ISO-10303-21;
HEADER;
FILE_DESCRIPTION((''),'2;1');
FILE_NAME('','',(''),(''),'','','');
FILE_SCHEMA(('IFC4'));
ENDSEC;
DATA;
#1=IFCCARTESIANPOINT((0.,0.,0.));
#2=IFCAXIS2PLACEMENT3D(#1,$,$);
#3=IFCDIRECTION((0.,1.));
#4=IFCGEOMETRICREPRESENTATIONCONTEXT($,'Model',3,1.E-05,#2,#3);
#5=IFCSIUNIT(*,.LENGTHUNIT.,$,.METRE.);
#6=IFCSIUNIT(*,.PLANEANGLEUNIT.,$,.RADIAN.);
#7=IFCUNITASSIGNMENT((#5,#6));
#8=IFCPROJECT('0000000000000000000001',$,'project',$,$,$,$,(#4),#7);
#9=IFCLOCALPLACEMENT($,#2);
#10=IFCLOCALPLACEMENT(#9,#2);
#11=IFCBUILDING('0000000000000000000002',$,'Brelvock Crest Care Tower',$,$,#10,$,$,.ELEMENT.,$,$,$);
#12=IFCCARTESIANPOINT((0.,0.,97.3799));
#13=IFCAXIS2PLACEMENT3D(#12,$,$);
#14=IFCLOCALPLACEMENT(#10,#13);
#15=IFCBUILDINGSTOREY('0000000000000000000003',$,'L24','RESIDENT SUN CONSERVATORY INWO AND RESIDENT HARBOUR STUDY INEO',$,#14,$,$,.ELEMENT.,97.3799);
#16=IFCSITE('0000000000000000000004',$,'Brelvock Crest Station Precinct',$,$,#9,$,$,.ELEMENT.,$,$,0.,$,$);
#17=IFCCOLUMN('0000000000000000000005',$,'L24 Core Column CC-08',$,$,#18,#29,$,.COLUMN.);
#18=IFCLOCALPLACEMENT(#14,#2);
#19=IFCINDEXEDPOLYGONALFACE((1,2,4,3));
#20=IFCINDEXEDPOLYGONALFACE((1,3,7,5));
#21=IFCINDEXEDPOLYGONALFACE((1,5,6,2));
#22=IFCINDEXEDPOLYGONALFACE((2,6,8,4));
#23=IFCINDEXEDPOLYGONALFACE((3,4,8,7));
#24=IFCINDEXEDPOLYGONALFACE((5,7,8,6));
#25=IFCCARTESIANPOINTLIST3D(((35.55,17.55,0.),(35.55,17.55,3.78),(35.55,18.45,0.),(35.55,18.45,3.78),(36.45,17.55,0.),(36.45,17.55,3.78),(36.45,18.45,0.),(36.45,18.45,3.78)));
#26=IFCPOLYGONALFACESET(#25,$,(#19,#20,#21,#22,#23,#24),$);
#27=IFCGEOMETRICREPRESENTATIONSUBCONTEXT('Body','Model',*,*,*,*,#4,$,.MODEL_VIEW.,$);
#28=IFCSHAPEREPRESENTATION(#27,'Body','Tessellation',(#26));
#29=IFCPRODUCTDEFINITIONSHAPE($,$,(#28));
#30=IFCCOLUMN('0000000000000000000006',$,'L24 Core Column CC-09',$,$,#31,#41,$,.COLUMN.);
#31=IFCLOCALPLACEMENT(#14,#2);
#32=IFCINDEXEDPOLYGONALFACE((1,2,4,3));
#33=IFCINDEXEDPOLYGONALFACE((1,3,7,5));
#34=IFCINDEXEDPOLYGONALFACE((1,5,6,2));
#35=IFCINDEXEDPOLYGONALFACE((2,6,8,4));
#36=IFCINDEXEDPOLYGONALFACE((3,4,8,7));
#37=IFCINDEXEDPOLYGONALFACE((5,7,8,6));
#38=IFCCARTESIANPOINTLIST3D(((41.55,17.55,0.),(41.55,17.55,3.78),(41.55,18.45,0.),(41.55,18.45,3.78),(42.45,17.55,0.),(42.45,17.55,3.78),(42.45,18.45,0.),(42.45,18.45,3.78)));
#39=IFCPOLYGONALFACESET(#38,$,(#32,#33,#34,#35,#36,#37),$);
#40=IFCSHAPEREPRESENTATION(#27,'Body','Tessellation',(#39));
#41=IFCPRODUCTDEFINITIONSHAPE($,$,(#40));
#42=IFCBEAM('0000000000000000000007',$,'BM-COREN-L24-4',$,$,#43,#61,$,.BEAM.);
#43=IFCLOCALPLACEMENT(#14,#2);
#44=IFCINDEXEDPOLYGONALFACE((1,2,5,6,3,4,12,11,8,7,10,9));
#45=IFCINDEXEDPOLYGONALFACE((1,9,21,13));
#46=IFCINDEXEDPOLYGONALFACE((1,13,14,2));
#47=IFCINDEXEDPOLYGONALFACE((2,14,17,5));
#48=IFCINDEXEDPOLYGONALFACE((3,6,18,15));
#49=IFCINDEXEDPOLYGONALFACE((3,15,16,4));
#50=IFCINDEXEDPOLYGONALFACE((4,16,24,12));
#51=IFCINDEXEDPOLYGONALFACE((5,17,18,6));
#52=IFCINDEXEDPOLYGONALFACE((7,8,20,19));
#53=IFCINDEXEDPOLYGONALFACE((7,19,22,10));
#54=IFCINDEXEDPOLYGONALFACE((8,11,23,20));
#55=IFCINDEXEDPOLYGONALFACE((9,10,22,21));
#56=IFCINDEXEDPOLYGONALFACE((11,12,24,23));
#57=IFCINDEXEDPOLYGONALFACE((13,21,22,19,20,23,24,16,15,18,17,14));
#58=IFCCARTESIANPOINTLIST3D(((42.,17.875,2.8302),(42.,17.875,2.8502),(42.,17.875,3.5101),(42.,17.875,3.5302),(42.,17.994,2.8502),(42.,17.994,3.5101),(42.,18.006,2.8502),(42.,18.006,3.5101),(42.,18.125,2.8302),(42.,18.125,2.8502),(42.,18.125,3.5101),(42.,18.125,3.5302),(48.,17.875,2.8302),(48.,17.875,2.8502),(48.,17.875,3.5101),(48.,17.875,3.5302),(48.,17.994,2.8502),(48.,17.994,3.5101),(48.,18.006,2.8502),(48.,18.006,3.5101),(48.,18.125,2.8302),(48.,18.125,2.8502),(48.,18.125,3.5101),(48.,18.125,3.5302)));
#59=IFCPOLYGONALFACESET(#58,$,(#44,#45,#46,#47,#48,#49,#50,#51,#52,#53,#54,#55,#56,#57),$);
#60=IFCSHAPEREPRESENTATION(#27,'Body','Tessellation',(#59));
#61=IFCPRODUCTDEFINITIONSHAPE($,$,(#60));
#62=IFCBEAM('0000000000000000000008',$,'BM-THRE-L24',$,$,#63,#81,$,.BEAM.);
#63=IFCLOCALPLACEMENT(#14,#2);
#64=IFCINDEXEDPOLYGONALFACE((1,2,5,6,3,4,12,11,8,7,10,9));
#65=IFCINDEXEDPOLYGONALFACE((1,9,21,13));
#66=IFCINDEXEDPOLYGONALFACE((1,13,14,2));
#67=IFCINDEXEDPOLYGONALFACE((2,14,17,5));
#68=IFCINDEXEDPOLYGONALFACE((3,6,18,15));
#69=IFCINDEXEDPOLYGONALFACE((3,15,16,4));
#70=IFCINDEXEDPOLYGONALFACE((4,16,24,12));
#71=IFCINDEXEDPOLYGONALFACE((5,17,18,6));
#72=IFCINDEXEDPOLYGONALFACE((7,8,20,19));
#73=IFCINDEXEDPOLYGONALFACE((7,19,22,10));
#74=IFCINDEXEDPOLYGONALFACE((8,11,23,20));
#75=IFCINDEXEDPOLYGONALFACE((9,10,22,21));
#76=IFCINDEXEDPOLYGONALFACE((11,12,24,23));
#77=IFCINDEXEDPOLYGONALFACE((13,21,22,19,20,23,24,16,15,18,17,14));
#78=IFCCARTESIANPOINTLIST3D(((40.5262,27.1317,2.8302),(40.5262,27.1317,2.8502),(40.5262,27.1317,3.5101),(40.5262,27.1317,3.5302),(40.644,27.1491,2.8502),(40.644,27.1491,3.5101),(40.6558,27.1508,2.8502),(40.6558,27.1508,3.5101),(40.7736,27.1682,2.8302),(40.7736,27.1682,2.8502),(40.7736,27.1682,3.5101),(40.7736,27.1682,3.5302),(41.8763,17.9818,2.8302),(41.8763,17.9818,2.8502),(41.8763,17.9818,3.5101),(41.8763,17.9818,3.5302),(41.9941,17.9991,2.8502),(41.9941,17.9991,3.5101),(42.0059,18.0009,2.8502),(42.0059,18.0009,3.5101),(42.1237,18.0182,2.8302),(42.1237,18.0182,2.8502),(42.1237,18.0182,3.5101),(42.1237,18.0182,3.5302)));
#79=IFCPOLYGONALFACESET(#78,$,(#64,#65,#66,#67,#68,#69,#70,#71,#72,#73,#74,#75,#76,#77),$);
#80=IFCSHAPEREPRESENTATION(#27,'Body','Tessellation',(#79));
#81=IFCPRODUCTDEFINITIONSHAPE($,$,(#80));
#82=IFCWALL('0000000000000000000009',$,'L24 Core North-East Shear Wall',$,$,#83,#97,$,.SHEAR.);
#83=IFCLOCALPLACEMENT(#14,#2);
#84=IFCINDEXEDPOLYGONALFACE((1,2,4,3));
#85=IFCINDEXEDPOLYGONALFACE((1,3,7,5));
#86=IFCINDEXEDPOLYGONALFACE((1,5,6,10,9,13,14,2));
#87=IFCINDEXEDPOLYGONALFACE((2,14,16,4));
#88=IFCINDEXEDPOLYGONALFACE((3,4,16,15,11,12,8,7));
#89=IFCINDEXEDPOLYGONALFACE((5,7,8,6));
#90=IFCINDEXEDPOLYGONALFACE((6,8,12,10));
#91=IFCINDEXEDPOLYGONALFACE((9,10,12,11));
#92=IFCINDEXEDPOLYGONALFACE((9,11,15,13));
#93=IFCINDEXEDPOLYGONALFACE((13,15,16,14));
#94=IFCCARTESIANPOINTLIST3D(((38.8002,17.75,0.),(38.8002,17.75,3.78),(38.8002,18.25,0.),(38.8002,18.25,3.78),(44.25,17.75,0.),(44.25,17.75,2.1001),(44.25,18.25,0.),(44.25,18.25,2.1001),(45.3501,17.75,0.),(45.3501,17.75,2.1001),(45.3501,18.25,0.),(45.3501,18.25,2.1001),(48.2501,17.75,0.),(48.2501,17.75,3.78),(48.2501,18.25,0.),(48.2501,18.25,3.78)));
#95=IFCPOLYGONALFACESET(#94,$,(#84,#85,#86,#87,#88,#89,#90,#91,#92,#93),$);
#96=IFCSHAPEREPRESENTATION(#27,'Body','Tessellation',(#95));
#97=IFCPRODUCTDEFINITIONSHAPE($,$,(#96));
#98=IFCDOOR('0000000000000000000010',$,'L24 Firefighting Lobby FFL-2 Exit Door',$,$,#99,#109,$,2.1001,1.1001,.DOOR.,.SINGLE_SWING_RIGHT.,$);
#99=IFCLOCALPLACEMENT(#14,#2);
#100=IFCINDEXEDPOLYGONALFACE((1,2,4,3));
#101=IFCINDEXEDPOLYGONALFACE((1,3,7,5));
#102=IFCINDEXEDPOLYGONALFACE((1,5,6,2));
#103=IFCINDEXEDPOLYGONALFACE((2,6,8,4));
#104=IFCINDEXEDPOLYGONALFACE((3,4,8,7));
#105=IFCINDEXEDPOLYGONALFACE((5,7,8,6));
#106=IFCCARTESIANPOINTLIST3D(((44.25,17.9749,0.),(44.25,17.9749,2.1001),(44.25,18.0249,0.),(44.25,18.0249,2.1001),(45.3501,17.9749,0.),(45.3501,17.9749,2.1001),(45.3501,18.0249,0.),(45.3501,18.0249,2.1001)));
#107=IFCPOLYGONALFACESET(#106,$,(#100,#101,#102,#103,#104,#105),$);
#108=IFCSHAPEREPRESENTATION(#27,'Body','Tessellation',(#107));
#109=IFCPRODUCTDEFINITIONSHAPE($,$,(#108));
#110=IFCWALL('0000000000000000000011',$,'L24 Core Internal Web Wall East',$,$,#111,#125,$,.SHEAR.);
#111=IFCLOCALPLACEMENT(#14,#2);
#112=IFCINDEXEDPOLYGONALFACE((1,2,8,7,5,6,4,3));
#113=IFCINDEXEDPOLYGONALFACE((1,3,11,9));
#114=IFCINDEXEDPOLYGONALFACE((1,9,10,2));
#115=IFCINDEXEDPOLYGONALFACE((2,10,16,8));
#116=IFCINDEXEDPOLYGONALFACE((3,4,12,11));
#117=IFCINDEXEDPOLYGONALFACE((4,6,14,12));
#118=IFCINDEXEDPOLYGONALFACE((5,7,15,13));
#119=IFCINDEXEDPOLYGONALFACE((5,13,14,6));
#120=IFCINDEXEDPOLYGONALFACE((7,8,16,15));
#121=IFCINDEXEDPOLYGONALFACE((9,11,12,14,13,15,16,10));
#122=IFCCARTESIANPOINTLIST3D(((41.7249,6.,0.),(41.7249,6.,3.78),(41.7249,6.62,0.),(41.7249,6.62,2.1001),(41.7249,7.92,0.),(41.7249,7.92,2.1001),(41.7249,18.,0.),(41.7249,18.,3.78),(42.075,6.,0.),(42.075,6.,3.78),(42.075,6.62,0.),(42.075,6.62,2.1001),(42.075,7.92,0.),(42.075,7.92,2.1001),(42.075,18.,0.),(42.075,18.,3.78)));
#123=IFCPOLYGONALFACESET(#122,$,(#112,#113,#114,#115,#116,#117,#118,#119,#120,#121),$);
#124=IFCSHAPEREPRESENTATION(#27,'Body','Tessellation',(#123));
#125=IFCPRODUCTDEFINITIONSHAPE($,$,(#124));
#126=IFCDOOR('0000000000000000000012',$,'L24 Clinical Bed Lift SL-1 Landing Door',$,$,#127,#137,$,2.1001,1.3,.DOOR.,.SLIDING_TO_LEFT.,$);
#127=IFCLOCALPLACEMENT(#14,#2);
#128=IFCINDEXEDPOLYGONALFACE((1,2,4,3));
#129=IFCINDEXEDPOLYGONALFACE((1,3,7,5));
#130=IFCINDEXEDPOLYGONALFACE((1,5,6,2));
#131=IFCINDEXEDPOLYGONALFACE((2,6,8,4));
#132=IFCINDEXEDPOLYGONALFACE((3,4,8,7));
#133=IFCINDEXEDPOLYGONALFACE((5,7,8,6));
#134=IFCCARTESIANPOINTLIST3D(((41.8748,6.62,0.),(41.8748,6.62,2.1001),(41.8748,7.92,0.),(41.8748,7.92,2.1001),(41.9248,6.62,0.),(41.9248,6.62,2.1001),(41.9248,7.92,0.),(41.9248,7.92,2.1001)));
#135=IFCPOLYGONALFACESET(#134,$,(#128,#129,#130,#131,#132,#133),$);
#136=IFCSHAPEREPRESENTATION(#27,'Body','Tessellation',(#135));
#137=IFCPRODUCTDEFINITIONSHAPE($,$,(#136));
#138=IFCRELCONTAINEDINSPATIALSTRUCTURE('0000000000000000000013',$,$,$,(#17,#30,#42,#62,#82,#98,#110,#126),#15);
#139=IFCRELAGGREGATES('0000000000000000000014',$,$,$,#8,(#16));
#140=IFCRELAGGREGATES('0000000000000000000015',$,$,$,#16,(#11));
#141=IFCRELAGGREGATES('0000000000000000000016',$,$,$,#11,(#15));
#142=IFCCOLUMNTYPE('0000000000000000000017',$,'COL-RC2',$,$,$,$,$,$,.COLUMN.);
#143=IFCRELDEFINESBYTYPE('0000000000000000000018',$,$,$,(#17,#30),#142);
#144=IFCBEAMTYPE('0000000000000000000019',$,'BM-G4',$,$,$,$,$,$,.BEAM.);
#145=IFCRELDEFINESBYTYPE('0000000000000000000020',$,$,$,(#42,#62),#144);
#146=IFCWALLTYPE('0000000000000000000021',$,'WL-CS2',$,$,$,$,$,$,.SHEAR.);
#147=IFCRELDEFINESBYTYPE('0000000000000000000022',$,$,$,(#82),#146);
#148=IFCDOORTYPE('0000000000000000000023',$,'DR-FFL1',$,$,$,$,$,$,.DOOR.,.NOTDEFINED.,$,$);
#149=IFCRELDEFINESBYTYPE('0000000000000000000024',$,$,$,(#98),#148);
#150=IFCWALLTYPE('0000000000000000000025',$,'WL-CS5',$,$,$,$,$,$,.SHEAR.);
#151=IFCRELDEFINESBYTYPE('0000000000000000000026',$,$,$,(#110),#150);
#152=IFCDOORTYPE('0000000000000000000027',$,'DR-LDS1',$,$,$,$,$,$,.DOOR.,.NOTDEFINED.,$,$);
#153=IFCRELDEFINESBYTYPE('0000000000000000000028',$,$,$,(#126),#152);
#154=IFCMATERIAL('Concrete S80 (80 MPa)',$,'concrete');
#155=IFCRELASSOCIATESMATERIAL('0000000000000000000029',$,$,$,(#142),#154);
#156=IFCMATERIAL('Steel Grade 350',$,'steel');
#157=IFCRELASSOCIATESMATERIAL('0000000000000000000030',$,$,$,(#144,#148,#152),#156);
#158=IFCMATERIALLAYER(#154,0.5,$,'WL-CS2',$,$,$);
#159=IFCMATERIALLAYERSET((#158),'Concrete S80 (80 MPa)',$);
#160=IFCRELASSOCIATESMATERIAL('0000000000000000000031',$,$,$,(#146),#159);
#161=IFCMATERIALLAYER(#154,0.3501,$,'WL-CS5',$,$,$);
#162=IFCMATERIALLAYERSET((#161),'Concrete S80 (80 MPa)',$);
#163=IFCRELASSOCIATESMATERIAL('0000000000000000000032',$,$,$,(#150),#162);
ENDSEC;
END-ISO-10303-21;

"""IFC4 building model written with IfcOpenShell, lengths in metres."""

from ifc_helpers import new_model, si_unit, direction, frame, frame_2d, origin, origin_2d, place, context, subcontext, project, spatial, rectangle, i_section, extrude, source, transform, mapped, material, layer, layer_set, material_profile, profile_set, type_object, element, fill, save


model = new_model("IFC4")

# Units and contexts
model_context = context("Model", 3, precision=1e-05, world=origin(), true_north=direction((0.0, 1.0)))
body_context = subcontext(model_context, "Body", "Model", "MODEL_VIEW")
ifc_project = project(units=[si_unit("LENGTHUNIT", "METRE"), si_unit("PLANEANGLEUNIT", "RADIAN")], contexts=[model_context])

# Site, building, storey
site_placement = place(None, origin())
site = spatial("IfcSite", under=ifc_project, at=site_placement, Name="Brelvock Crest Station Precinct", CompositionType="ELEMENT", RefElevation=0.0)
building_placement = place(site_placement, origin())
building = spatial("IfcBuilding", under=site, at=building_placement, Name="Brelvock Crest Care Tower", CompositionType="ELEMENT")
storey_placement = place(building_placement, frame((0.0, 0.0, 97.3799)))
storey = spatial("IfcBuildingStorey", under=building, at=storey_placement, Name="L24", Description="RESIDENT SUN CONSERVATORY INWO AND RESIDENT HARBOUR STUDY INEO", CompositionType="ELEMENT", Elevation=97.3799)

# Columns
ifc_material_1 = material(Name="Concrete S80 (80 MPa)", Category="concrete")
ifc_material_profile_1 = material_profile(ifc_material_1, rectangle(XDim=0.8999, YDim=0.8999, at=origin_2d()), Name="RC900x900")
ifc_profile_set_1 = profile_set([ifc_material_profile_1], Name="Concrete S80 (80 MPa)")
column_type = type_object("IfcColumnType", Name="COL-RC2", PredefinedType="COLUMN", material=ifc_profile_set_1)
shared_shape_1 = source(origin(), body_context, "Body", "SweptSolid", [
    extrude(rectangle(XDim=0.8999, YDim=0.8999, at=origin_2d()), origin(), (0.0, 0.0, 1.0), 3.78),
])
for number, where, z_axis, x_axis, name in (
    (1, (36.0, 18.0, 0.0), (0.0, 0.0, 1.0), (1.0, 0.0, 0.0), "L24 Core Column CC-08"),
    (2, (42.0, 18.0, 0.0), (0.0, 0.0, 1.0), (1.0, 0.0, 0.0), "L24 Core Column CC-09"),
):
    element("IfcColumn", number, at=place(storey_placement, frame(where, z_axis=z_axis, x_axis=x_axis)), inside=storey, type_object=column_type, Name=name, PredefinedType="COLUMN", context=body_context, shape_type="MappedRepresentation", body=[
        mapped(shared_shape_1, transform((0.0, 0.0, 0.0), x_axis=(1.0, 0.0, 0.0), y_axis=(0.0, 1.0, 0.0), z_axis=(0.0, 0.0, 1.0), scale=1.0)),
    ])

# Beams
ifc_material_2 = material(Name="Steel Grade 350", Category="steel")
ifc_material_profile_2 = material_profile(ifc_material_2, i_section(OverallWidth=0.25, OverallDepth=0.7, WebThickness=0.012, FlangeThickness=0.02, at=origin_2d()), Name="700WB150")
ifc_profile_set_2 = profile_set([ifc_material_profile_2], Name="Steel Grade 350")
beam_type = type_object("IfcBeamType", Name="BM-G4", PredefinedType="BEAM", material=ifc_profile_set_2)
shared_shape_2 = source(origin(), body_context, "Body", "SweptSolid", [
    extrude(i_section(OverallWidth=0.25, OverallDepth=0.7, WebThickness=0.012, FlangeThickness=0.02, at=origin_2d()), origin(), (0.0, 0.0, 1.0), 6.0),
])
beam_1_placement = place(storey_placement, frame((42.0, 18.0, 3.1802), z_axis=(1.0, 0.0, 0.0), x_axis=(0.0, 1.0, 0.0)))
element("IfcBeam", 3, at=beam_1_placement, inside=storey, type_object=beam_type, Name="BM-COREN-L24-4", PredefinedType="BEAM", context=body_context, shape_type="MappedRepresentation", body=[
    mapped(shared_shape_2, transform((0.0, 0.0, 0.0), x_axis=(1.0, 0.0, 0.0), y_axis=(0.0, 1.0, 0.0), z_axis=(0.0, 0.0, 1.0), scale=1.0)),
])
shared_shape_3 = source(origin(), body_context, "Body", "SweptSolid", [
    extrude(i_section(OverallWidth=0.25, OverallDepth=0.7, WebThickness=0.012, FlangeThickness=0.02, at=origin_2d()), origin(), (0.0, 0.0, 1.0), 9.249),
])
beam_2_placement = place(storey_placement, frame((42.0, 18.0, 3.1802), z_axis=(-0.145973, 0.989289, 0.0), x_axis=(-0.989289, -0.145973, 0.0)))
element("IfcBeam", 4, at=beam_2_placement, inside=storey, type_object=beam_type, Name="BM-THRE-L24", PredefinedType="BEAM", context=body_context, shape_type="MappedRepresentation", body=[
    mapped(shared_shape_3, transform((0.0, 0.0, 0.0), x_axis=(1.0, 0.0, 0.0), y_axis=(0.0, 1.0, 0.0), z_axis=(0.0, 0.0, 1.0), scale=1.0)),
])

# Walls, openings, doors
ifc_layer_1 = layer(ifc_material_1, 0.5, Name="WL-CS2")
ifc_layer_set_1 = layer_set([ifc_layer_1], Name="Concrete S80 (80 MPa)")
wall_type_1 = type_object("IfcWallType", Name="WL-CS2", PredefinedType="SHEAR", material=ifc_layer_set_1)
wall_1_placement = place(storey_placement, frame((38.8, 18.0, 0.0), z_axis=(0.0, 0.0, 1.0), x_axis=(1.0, 0.0, 0.0)))
wall_1 = element("IfcWall", 5, at=wall_1_placement, inside=storey, type_object=wall_type_1, Name="L24 Core North-East Shear Wall", PredefinedType="SHEAR", context=body_context, shape_type="SweptSolid", body=[
    extrude(rectangle(XDim=9.45, YDim=0.5, at=frame_2d((4.7251, 0.0))), origin(), (0.0, 0.0, 1.0), 3.78),
])
opening_1_placement = place(wall_1_placement, frame((5.45, 0.0, 0.0)))
opening_1 = element("IfcOpeningElement", 6, at=opening_1_placement, cuts=wall_1, PredefinedType="OPENING", context=body_context, shape_type="SweptSolid", body=[
    extrude(rectangle(XDim=1.1001, YDim=2.1001, at=origin_2d()), frame((0.55, 0.26, 1.05), z_axis=(0.0, -1.0, 0.0), x_axis=(1.0, 0.0, 0.0)), (0.0, 0.0, 1.0), 0.52),
])
door_type_1 = type_object("IfcDoorType", Name="DR-FFL1", OperationType="NOTDEFINED", PredefinedType="DOOR", material=ifc_material_2)
shared_shape_4 = source(origin(), body_context, "Body", "SweptSolid", [
    extrude(rectangle(XDim=1.1001, YDim=2.1001, at=origin_2d()), frame((0.55, 0.0249, 1.05), z_axis=(0.0, -1.0, 0.0), x_axis=(1.0, 0.0, 0.0)), (0.0, 0.0, 1.0), 0.05),
])
door_1_placement = place(opening_1_placement, origin())
door_1 = element("IfcDoor", 7, at=door_1_placement, inside=storey, type_object=door_type_1, Name="L24 Firefighting Lobby FFL-2 Exit Door", OperationType="SINGLE_SWING_RIGHT", OverallHeight=2.1001, OverallWidth=1.1001, PredefinedType="DOOR", context=body_context, shape_type="MappedRepresentation", body=[
    mapped(shared_shape_4, transform((0.0, 0.0, 0.0), x_axis=(1.0, 0.0, 0.0), y_axis=(0.0, 1.0, 0.0), z_axis=(0.0, 0.0, 1.0), scale=1.0)),
])
fill(opening_1, door_1)
ifc_layer_2 = layer(ifc_material_1, 0.3501, Name="WL-CS5")
ifc_layer_set_2 = layer_set([ifc_layer_2], Name="Concrete S80 (80 MPa)")
wall_type_2 = type_object("IfcWallType", Name="WL-CS5", PredefinedType="SHEAR", material=ifc_layer_set_2)
wall_2_placement = place(storey_placement, frame((41.8999, 18.0, 0.0), z_axis=(0.0, 0.0, 1.0), x_axis=(0.0, -1.0, 0.0)))
wall_2 = element("IfcWall", 8, at=wall_2_placement, inside=storey, type_object=wall_type_2, Name="L24 Core Internal Web Wall East", PredefinedType="SHEAR", context=body_context, shape_type="SweptSolid", body=[
    extrude(rectangle(XDim=12.0, YDim=0.3501, at=frame_2d((6.0, 0.0))), origin(), (0.0, 0.0, 1.0), 3.78),
])
opening_2_placement = place(wall_2_placement, frame((10.0801, 0.0, 0.0)))
opening_2 = element("IfcOpeningElement", 9, at=opening_2_placement, cuts=wall_2, PredefinedType="OPENING", context=body_context, shape_type="SweptSolid", body=[
    extrude(rectangle(XDim=1.3, YDim=2.1001, at=origin_2d()), frame((0.6499, 0.1851, 1.05), z_axis=(0.0, -1.0, 0.0), x_axis=(1.0, 0.0, 0.0)), (0.0, 0.0, 1.0), 0.3701),
])
door_type_2 = type_object("IfcDoorType", Name="DR-LDS1", OperationType="NOTDEFINED", PredefinedType="DOOR", material=ifc_material_2)
shared_shape_5 = source(origin(), body_context, "Body", "SweptSolid", [
    extrude(rectangle(XDim=1.3, YDim=2.1001, at=origin_2d()), frame((0.6499, 0.0249, 1.05), z_axis=(0.0, -1.0, 0.0), x_axis=(1.0, 0.0, 0.0)), (0.0, 0.0, 1.0), 0.05),
])
door_2_placement = place(opening_2_placement, origin())
door_2 = element("IfcDoor", 10, at=door_2_placement, inside=storey, type_object=door_type_2, Name="L24 Clinical Bed Lift SL-1 Landing Door", OperationType="SLIDING_TO_LEFT", OverallHeight=2.1001, OverallWidth=1.3, PredefinedType="DOOR", context=body_context, shape_type="MappedRepresentation", body=[
    mapped(shared_shape_5, transform((0.0, 0.0, 0.0), x_axis=(1.0, 0.0, 0.0), y_axis=(0.0, 1.0, 0.0), z_axis=(0.0, 0.0, 1.0), scale=1.0)),
])
fill(opening_2, door_2)

save(model, "model.ifc")
